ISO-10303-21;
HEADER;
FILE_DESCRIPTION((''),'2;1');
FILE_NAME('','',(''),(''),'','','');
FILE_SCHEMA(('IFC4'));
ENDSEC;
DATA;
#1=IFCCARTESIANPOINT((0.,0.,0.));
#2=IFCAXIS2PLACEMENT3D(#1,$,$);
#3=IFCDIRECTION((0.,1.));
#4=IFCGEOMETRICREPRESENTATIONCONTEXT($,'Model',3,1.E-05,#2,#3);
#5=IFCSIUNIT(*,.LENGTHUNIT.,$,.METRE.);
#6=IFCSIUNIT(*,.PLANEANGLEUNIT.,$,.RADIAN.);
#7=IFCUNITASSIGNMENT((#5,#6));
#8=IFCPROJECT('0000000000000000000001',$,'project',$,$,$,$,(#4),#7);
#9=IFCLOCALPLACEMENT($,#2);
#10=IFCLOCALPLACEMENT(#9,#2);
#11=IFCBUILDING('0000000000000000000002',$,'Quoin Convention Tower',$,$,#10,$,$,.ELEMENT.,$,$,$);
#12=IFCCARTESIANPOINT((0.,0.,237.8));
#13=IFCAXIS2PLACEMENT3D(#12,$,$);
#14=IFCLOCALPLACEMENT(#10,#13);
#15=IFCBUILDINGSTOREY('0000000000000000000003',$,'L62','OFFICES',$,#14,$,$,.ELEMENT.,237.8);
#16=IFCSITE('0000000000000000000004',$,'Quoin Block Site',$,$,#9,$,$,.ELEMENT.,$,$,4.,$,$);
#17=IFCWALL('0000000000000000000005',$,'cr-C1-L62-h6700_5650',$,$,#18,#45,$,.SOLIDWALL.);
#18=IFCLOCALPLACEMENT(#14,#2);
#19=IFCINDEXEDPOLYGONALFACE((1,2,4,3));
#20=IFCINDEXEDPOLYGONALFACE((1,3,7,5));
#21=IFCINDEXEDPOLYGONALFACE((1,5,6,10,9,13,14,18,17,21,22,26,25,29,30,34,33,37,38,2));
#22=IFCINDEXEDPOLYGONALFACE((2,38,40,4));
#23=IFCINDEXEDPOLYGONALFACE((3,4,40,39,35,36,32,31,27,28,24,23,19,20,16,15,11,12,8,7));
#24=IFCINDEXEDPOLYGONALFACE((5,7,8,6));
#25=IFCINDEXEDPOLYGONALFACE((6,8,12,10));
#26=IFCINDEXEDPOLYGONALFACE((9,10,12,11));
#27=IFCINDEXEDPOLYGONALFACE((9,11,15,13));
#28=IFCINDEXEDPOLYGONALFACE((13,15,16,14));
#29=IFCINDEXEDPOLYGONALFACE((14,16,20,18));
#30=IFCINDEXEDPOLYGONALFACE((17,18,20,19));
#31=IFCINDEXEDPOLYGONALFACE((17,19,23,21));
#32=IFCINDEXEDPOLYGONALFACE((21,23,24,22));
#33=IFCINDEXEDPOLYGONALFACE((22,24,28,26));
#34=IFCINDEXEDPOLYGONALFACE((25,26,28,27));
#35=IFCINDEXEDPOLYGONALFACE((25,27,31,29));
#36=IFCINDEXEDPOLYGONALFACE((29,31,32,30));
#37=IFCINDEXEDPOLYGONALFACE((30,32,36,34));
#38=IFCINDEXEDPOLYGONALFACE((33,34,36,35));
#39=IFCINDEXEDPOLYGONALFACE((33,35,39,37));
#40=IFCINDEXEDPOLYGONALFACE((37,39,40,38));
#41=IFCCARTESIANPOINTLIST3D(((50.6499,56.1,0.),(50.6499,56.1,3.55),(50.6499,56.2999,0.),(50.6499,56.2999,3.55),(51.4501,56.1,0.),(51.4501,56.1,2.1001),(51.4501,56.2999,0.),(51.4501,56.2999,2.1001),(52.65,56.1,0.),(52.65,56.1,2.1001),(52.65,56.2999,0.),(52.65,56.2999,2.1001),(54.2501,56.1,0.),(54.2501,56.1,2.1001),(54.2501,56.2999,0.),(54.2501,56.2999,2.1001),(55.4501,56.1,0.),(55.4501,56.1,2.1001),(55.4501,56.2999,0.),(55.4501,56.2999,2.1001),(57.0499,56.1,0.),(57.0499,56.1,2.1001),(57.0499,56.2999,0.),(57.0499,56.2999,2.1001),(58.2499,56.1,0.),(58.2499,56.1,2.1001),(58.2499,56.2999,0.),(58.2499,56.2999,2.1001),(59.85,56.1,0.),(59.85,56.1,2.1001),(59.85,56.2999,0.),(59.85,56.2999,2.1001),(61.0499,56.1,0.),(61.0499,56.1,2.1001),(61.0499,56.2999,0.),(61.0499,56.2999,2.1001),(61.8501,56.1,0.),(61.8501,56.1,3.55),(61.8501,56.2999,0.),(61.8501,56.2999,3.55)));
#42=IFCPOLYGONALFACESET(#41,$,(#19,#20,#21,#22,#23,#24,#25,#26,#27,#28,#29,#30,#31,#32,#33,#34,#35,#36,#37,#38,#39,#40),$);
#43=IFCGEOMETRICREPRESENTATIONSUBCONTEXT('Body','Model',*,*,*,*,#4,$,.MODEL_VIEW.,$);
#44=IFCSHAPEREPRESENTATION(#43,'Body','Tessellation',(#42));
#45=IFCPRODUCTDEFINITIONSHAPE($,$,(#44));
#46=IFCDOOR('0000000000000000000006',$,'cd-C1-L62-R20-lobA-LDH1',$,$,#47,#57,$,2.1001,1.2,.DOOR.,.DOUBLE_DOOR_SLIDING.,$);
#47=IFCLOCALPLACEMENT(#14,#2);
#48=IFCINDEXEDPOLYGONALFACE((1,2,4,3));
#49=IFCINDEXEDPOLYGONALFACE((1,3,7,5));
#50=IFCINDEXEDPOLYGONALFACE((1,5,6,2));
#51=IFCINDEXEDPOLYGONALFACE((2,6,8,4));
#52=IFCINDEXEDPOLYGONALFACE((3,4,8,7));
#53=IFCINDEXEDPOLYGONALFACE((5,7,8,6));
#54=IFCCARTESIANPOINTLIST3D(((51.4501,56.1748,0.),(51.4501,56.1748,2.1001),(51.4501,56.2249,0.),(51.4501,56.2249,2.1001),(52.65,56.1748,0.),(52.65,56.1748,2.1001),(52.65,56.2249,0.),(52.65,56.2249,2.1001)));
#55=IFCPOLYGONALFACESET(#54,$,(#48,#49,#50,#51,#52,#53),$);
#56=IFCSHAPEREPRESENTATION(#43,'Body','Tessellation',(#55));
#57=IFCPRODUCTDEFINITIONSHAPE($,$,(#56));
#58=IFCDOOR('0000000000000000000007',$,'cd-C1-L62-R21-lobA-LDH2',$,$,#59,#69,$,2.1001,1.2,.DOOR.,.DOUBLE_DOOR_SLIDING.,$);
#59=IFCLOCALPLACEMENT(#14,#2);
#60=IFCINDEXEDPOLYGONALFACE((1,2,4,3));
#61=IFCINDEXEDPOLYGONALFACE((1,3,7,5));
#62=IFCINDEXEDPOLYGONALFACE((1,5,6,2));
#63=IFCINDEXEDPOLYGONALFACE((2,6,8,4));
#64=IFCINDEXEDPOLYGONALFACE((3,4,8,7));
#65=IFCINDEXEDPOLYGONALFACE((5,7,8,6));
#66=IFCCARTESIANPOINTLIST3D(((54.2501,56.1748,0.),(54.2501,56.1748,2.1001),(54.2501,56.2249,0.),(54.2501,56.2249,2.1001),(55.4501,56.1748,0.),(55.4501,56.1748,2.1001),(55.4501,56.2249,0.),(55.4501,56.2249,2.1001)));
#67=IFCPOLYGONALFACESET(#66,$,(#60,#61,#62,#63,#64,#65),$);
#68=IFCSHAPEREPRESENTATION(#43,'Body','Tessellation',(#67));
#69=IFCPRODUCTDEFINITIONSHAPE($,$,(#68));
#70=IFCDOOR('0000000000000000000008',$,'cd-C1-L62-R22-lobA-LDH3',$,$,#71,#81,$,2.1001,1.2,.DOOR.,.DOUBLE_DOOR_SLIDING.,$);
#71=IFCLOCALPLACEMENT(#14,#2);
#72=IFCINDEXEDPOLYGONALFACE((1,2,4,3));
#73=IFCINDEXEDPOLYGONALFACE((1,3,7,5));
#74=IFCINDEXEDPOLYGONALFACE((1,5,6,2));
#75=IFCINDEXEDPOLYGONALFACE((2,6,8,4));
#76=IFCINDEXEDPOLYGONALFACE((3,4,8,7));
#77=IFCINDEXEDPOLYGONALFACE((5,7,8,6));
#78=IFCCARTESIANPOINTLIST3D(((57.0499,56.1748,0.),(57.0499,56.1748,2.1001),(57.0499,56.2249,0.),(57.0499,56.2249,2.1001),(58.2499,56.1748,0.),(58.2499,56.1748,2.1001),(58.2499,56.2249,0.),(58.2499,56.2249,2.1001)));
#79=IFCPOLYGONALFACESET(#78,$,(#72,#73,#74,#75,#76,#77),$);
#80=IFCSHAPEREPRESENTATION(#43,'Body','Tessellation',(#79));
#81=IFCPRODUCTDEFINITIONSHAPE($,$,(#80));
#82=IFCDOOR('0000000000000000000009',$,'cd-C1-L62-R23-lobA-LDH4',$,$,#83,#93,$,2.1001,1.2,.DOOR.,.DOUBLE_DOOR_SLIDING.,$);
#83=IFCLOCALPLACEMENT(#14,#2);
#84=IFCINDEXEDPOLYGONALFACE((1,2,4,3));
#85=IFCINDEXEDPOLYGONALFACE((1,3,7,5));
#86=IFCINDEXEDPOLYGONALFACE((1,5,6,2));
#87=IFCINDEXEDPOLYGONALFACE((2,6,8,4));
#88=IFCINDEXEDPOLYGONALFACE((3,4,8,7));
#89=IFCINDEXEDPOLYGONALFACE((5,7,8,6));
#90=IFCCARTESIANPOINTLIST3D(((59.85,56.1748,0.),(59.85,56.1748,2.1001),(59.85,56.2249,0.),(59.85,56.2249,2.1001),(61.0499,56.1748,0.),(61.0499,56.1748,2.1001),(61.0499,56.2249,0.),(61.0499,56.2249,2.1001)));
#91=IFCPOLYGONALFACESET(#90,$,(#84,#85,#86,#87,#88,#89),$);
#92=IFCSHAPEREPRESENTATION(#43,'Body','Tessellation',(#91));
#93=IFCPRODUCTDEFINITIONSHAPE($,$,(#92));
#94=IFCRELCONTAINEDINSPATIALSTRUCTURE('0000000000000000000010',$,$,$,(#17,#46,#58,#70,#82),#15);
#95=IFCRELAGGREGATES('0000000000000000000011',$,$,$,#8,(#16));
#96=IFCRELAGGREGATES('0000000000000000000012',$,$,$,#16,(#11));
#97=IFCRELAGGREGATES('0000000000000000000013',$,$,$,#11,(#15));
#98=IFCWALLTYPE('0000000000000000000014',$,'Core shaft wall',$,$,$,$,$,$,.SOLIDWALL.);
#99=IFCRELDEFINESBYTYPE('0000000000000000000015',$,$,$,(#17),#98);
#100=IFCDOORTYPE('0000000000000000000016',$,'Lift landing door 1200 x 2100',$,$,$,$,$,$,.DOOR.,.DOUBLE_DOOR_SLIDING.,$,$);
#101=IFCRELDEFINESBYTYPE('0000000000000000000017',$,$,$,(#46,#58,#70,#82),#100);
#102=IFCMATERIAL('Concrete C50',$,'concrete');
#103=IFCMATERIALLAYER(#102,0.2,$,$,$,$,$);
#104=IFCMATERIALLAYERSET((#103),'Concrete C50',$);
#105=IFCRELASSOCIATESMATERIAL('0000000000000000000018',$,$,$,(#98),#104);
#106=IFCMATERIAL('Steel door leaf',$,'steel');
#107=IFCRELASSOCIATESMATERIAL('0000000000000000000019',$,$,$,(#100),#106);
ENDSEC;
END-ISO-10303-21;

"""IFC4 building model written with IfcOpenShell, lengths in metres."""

from ifc_helpers import new_model, si_unit, direction, frame, frame_2d, origin, place, context, subcontext, project, spatial, rectangle, extrude, material, layer, layer_set, type_object, element, fill, save


model = new_model("IFC4")

# Units and contexts
model_context = context("Model", 3, precision=1e-05, world=origin(), true_north=direction((0.0, 1.0)))
body_context = subcontext(model_context, "Body", "Model", "MODEL_VIEW")
ifc_project = project(units=[si_unit("LENGTHUNIT", "METRE"), si_unit("PLANEANGLEUNIT", "RADIAN")], contexts=[model_context])

# Site, building, storey
site_placement = place(None, origin())
site = spatial("IfcSite", under=ifc_project, at=site_placement, Name="Quoin Block Site", CompositionType="ELEMENT", RefElevation=4.0)
building_placement = place(site_placement, origin())
building = spatial("IfcBuilding", under=site, at=building_placement, Name="Quoin Convention Tower", CompositionType="ELEMENT")
storey_placement = place(building_placement, frame((0.0, 0.0, 237.8)))
storey = spatial("IfcBuildingStorey", under=building, at=storey_placement, Name="L62", Description="OFFICES", CompositionType="ELEMENT", Elevation=237.8)

# Shared definitions
ifc_material_1 = material(Name="Steel door leaf", Category="steel")

# Shared definitions
ifc_material_2 = material(Name="Concrete C50", Category="concrete")
ifc_layer_1 = layer(ifc_material_2, 0.2)
ifc_layer_set_1 = layer_set([ifc_layer_1], Name="Concrete C50")
wall_type_1 = type_object("IfcWallType", Name="Core shaft wall", PredefinedType="SOLIDWALL", material=ifc_layer_set_1)

# Wall, openings, doors
wall_1_placement = place(storey_placement, frame((50.6499, 56.2, 0.0), z_axis=(0.0, 0.0, 1.0), x_axis=(1.0, 0.0, 0.0)))
wall_1 = element("IfcWall", 1, at=wall_1_placement, inside=storey, type_object=wall_type_1, Name="cr-C1-L62-h6700_5650", PredefinedType="SOLIDWALL", context=body_context, shape_type="SweptSolid", body=[
    extrude(rectangle(XDim=11.2002, YDim=0.2, at=frame_2d((5.6001, 0.0))), origin(), (0.0, 0.0, 1.0), 3.55),
])
opening_1_placement = place(wall_1_placement, frame((0.8, 0.0, 0.0)))
opening_1 = element("IfcOpeningElement", 2, at=opening_1_placement, cuts=wall_1, PredefinedType="OPENING", context=body_context, shape_type="SweptSolid", body=[
    extrude(rectangle(XDim=1.2, YDim=2.1001, at=frame_2d((0.6001, 1.05))), frame((0.0, 0.1099, 0.0), z_axis=(0.0, -1.0, 0.0), x_axis=(1.0, 0.0, 0.0)), (0.0, 0.0, 1.0), 0.22),
])
opening_2_placement = place(wall_1_placement, frame((3.6001, 0.0, 0.0)))
opening_2 = element("IfcOpeningElement", 3, at=opening_2_placement, cuts=wall_1, PredefinedType="OPENING", context=body_context, shape_type="SweptSolid", body=[
    extrude(rectangle(XDim=1.2, YDim=2.1001, at=frame_2d((0.6001, 1.05))), frame((0.0, 0.1099, 0.0), z_axis=(0.0, -1.0, 0.0), x_axis=(1.0, 0.0, 0.0)), (0.0, 0.0, 1.0), 0.22),
])
opening_3_placement = place(wall_1_placement, frame((6.3999, 0.0, 0.0)))
opening_3 = element("IfcOpeningElement", 4, at=opening_3_placement, cuts=wall_1, PredefinedType="OPENING", context=body_context, shape_type="SweptSolid", body=[
    extrude(rectangle(XDim=1.2, YDim=2.1001, at=frame_2d((0.6001, 1.05))), frame((0.0, 0.1099, 0.0), z_axis=(0.0, -1.0, 0.0), x_axis=(1.0, 0.0, 0.0)), (0.0, 0.0, 1.0), 0.22),
])
opening_4_placement = place(wall_1_placement, frame((9.2, 0.0, 0.0)))
opening_4 = element("IfcOpeningElement", 5, at=opening_4_placement, cuts=wall_1, PredefinedType="OPENING", context=body_context, shape_type="SweptSolid", body=[
    extrude(rectangle(XDim=1.2, YDim=2.1001, at=frame_2d((0.6001, 1.05))), frame((0.0, 0.1099, 0.0), z_axis=(0.0, -1.0, 0.0), x_axis=(1.0, 0.0, 0.0)), (0.0, 0.0, 1.0), 0.22),
])
door_type_1 = type_object("IfcDoorType", Name="Lift landing door 1200 x 2100", OperationType="DOUBLE_DOOR_SLIDING", PredefinedType="DOOR", material=ifc_material_1)
door_1_placement = place(opening_1_placement, origin())
door_1 = element("IfcDoor", 6, at=door_1_placement, inside=storey, type_object=door_type_1, Name="cd-C1-L62-R20-lobA-LDH1", OperationType="DOUBLE_DOOR_SLIDING", OverallHeight=2.1001, OverallWidth=1.2, PredefinedType="DOOR", context=body_context, shape_type="SweptSolid", body=[
    extrude(rectangle(XDim=1.2, YDim=2.1001, at=frame_2d((0.6001, 1.05))), frame((0.0, 0.0249, 0.0), z_axis=(0.0, -1.0, 0.0), x_axis=(1.0, 0.0, 0.0)), (0.0, 0.0, 1.0), 0.05),
])
fill(opening_1, door_1)
door_2_placement = place(opening_2_placement, origin())
door_2 = element("IfcDoor", 7, at=door_2_placement, inside=storey, type_object=door_type_1, Name="cd-C1-L62-R21-lobA-LDH2", OperationType="DOUBLE_DOOR_SLIDING", OverallHeight=2.1001, OverallWidth=1.2, PredefinedType="DOOR", context=body_context, shape_type="SweptSolid", body=[
    extrude(rectangle(XDim=1.2, YDim=2.1001, at=frame_2d((0.6001, 1.05))), frame((0.0, 0.0249, 0.0), z_axis=(0.0, -1.0, 0.0), x_axis=(1.0, 0.0, 0.0)), (0.0, 0.0, 1.0), 0.05),
])
fill(opening_2, door_2)
door_3_placement = place(opening_3_placement, origin())
door_3 = element("IfcDoor", 8, at=door_3_placement, inside=storey, type_object=door_type_1, Name="cd-C1-L62-R22-lobA-LDH3", OperationType="DOUBLE_DOOR_SLIDING", OverallHeight=2.1001, OverallWidth=1.2, PredefinedType="DOOR", context=body_context, shape_type="SweptSolid", body=[
    extrude(rectangle(XDim=1.2, YDim=2.1001, at=frame_2d((0.6001, 1.05))), frame((0.0, 0.0249, 0.0), z_axis=(0.0, -1.0, 0.0), x_axis=(1.0, 0.0, 0.0)), (0.0, 0.0, 1.0), 0.05),
])
fill(opening_3, door_3)
door_4_placement = place(opening_4_placement, origin())
door_4 = element("IfcDoor", 9, at=door_4_placement, inside=storey, type_object=door_type_1, Name="cd-C1-L62-R23-lobA-LDH4", OperationType="DOUBLE_DOOR_SLIDING", OverallHeight=2.1001, OverallWidth=1.2, PredefinedType="DOOR", context=body_context, shape_type="SweptSolid", body=[
    extrude(rectangle(XDim=1.2, YDim=2.1001, at=frame_2d((0.6001, 1.05))), frame((0.0, 0.0249, 0.0), z_axis=(0.0, -1.0, 0.0), x_axis=(1.0, 0.0, 0.0)), (0.0, 0.0, 1.0), 0.05),
])
fill(opening_4, door_4)

save(model, "model.ifc")
